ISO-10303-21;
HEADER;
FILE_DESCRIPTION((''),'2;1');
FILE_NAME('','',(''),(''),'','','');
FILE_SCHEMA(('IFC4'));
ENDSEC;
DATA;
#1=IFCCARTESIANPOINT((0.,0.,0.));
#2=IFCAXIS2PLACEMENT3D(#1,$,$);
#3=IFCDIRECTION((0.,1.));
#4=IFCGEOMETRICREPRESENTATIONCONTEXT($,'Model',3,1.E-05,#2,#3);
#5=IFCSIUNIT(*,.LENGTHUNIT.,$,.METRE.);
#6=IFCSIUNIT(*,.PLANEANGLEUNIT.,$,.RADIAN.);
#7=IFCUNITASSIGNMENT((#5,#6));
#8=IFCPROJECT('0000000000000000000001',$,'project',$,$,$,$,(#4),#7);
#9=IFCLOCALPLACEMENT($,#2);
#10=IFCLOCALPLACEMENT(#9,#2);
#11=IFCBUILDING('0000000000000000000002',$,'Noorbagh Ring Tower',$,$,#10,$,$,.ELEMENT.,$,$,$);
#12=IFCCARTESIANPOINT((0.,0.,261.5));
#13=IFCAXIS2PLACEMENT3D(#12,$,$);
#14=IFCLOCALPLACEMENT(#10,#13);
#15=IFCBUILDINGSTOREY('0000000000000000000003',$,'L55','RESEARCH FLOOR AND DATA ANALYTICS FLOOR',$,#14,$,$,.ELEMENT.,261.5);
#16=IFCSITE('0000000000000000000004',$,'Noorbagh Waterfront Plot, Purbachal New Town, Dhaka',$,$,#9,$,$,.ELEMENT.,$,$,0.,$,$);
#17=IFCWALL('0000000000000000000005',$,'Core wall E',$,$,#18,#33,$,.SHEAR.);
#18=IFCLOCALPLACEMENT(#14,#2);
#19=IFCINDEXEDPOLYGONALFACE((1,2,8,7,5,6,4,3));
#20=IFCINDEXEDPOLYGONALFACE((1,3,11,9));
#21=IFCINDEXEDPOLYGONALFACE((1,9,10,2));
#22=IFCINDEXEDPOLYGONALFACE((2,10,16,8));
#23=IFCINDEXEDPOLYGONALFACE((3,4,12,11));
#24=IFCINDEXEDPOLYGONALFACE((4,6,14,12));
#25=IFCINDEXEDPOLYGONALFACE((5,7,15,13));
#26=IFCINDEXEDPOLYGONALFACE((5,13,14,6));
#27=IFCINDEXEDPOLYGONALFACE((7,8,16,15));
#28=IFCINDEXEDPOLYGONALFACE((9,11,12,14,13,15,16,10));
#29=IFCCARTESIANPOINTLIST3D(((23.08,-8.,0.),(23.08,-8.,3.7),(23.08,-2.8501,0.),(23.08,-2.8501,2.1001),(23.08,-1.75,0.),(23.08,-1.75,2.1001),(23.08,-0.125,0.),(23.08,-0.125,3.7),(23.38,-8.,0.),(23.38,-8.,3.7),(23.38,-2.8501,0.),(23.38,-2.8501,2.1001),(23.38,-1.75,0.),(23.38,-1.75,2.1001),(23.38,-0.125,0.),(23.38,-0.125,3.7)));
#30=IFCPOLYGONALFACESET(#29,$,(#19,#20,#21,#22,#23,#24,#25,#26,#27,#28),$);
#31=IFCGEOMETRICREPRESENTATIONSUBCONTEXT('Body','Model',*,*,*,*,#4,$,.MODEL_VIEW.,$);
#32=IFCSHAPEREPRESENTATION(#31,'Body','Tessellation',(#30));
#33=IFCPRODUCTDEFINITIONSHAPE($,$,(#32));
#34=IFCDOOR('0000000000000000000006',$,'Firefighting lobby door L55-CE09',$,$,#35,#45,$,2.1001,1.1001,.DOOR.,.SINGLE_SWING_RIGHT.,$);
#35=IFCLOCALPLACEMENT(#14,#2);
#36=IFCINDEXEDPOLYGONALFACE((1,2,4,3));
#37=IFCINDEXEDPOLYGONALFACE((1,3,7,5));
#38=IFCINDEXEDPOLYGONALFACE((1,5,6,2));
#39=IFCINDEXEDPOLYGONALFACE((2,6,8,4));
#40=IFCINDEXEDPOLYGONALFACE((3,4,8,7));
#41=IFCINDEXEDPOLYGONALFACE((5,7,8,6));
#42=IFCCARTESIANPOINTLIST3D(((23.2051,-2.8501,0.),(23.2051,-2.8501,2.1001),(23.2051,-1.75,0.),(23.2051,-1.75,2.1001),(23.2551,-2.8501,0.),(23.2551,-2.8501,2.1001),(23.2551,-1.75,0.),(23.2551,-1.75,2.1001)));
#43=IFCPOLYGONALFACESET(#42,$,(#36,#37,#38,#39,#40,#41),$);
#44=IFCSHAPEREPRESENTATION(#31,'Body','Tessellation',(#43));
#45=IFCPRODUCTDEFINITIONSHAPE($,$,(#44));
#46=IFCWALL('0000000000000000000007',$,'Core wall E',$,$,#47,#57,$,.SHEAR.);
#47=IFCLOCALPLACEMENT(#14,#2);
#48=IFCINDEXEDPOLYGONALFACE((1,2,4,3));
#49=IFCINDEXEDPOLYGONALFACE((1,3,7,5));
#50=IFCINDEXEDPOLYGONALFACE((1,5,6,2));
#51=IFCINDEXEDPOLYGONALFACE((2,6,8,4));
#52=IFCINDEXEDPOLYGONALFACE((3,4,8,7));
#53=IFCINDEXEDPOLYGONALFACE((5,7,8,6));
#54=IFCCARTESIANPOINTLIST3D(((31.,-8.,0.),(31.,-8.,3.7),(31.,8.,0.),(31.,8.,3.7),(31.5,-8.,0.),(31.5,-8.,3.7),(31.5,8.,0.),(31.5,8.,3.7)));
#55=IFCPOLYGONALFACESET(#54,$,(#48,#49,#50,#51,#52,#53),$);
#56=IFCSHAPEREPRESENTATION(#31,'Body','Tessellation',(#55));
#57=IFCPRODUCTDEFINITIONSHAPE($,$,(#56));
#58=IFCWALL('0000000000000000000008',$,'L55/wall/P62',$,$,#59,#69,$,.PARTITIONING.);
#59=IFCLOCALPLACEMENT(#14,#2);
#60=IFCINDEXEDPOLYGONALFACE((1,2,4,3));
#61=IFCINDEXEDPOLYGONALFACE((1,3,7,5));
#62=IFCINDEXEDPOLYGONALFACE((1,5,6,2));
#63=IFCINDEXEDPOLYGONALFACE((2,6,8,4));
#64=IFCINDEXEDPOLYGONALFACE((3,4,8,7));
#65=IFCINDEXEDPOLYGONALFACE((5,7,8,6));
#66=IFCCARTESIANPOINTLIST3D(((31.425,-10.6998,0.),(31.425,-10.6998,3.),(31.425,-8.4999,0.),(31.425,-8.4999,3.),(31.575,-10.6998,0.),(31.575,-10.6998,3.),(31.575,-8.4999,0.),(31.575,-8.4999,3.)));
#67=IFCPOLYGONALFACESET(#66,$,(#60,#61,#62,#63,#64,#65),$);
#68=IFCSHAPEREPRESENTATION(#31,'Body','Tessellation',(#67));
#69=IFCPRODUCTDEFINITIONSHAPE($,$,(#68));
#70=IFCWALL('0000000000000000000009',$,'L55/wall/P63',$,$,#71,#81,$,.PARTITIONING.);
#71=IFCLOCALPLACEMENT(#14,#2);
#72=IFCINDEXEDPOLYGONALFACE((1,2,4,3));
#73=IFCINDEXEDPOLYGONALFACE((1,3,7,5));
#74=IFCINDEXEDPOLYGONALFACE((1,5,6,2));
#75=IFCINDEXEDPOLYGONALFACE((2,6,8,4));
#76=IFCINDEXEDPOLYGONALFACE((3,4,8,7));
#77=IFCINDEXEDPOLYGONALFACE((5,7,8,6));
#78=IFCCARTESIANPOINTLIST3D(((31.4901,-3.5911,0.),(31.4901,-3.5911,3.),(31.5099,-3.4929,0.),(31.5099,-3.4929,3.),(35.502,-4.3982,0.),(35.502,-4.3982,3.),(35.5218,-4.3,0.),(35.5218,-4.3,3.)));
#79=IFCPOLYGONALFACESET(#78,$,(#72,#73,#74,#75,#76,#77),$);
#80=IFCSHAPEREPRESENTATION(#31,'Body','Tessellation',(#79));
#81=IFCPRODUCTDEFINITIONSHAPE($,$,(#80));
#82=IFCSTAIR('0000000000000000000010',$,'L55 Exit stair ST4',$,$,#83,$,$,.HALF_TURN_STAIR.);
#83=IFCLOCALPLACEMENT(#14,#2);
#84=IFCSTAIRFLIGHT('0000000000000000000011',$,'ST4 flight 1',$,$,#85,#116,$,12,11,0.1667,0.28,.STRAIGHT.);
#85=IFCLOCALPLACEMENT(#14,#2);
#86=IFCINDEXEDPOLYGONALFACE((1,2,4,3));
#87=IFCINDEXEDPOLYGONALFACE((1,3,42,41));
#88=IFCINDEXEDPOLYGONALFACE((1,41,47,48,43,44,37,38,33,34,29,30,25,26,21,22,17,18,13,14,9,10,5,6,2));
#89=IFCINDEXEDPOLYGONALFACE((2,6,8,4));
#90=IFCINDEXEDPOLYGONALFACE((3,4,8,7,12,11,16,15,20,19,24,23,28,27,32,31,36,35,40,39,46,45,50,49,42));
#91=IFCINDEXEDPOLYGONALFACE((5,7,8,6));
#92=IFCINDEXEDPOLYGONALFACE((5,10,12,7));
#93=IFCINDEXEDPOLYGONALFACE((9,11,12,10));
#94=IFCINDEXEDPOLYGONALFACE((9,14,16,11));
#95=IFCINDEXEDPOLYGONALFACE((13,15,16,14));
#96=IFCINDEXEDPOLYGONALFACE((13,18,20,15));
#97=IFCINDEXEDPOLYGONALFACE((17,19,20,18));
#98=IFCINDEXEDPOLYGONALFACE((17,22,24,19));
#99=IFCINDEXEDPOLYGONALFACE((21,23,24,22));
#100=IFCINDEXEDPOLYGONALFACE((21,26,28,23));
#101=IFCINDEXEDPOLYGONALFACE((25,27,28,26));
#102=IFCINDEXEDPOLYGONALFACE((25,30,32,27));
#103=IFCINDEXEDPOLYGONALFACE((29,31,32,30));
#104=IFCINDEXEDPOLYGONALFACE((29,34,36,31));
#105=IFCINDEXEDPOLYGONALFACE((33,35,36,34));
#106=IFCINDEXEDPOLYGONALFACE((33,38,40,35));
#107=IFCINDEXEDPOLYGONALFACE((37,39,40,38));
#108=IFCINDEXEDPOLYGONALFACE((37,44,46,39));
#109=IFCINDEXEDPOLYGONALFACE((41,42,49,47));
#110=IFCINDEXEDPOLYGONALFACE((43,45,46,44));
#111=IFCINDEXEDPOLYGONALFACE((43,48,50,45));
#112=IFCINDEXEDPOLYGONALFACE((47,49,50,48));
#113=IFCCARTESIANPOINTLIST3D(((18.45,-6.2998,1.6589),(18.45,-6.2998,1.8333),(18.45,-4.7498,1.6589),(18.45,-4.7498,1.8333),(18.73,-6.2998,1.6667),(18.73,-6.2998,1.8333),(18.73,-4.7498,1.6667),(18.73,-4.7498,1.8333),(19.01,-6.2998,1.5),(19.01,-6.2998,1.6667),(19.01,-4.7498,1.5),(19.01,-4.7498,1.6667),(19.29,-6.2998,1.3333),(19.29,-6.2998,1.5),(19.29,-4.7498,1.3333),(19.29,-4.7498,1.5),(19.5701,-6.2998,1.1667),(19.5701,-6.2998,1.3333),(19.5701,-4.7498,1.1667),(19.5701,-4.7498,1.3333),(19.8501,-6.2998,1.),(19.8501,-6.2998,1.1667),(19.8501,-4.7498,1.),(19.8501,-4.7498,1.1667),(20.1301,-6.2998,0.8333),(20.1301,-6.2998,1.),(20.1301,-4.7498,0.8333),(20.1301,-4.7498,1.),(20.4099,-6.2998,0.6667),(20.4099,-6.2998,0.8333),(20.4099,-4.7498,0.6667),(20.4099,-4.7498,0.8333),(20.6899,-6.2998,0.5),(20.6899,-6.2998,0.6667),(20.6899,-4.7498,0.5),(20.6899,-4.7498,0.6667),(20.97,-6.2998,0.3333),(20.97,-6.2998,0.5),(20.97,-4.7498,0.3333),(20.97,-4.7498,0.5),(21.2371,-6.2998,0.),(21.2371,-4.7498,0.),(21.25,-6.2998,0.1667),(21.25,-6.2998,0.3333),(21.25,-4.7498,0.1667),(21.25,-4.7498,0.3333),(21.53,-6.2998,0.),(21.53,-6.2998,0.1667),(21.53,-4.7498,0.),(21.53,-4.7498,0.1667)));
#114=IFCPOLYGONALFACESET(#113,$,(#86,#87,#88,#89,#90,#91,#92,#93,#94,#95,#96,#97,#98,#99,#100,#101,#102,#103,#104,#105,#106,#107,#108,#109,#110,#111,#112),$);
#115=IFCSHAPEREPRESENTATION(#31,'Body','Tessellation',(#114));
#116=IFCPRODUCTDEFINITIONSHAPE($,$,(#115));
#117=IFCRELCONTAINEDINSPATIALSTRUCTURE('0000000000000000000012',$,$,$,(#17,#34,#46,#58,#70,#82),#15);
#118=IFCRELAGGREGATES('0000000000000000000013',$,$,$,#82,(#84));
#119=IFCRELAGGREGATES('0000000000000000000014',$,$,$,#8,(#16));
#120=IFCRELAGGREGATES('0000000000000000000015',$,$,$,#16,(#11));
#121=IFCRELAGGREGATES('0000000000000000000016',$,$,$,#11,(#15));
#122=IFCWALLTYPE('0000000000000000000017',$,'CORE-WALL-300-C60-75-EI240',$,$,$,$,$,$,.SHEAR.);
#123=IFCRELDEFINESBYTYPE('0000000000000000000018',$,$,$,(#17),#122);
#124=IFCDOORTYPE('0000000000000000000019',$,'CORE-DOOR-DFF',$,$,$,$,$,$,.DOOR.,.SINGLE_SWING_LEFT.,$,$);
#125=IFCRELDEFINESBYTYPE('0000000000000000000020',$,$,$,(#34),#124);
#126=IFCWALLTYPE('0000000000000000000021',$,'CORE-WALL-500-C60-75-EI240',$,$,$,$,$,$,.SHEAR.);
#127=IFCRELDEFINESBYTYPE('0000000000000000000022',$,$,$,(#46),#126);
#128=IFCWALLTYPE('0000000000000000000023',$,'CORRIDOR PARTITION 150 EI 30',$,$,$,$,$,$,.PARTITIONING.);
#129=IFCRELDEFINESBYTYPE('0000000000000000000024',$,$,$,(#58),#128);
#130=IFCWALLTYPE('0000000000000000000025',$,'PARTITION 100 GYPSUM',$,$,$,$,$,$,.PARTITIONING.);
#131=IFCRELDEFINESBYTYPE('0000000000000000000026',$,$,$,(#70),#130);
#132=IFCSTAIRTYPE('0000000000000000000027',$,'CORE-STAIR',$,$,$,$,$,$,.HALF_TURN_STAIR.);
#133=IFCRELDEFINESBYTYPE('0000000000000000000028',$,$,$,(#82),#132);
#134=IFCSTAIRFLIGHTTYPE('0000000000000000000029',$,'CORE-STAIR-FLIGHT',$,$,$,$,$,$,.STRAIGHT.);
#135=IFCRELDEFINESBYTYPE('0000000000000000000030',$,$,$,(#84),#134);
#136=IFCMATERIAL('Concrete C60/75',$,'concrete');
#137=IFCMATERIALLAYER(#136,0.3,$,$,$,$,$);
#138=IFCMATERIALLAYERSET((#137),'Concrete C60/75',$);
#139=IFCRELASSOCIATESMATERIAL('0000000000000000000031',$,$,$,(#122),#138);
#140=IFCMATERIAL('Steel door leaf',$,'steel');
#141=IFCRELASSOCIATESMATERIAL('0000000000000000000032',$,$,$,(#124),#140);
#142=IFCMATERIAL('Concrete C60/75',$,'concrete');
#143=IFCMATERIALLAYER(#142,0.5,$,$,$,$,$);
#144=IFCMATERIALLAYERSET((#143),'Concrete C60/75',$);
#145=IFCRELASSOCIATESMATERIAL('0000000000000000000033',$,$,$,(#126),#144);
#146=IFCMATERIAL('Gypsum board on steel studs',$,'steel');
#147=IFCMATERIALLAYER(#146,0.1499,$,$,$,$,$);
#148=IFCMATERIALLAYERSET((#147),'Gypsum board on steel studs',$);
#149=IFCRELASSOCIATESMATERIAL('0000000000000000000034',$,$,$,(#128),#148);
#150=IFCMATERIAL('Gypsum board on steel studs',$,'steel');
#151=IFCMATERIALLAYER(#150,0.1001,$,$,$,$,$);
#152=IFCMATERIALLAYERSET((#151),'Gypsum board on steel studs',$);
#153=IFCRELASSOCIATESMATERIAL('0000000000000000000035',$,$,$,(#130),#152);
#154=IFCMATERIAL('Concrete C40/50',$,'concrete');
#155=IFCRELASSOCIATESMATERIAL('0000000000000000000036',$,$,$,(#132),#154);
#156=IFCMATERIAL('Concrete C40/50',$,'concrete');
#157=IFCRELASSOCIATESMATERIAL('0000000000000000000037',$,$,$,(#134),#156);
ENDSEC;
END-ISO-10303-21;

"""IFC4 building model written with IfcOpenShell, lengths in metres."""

from ifc_helpers import new_model, si_unit, direction, frame, frame_2d, origin, place, context, subcontext, project, spatial, polyline, rectangle, outline, extrude, material, layer, layer_set, type_object, element, fill, aggregate, save


model = new_model("IFC4")

# Units and contexts
model_context = context("Model", 3, precision=1e-05, world=origin(), true_north=direction((0.0, 1.0)))
body_context = subcontext(model_context, "Body", "Model", "MODEL_VIEW")
ifc_project = project(units=[si_unit("LENGTHUNIT", "METRE"), si_unit("PLANEANGLEUNIT", "RADIAN")], contexts=[model_context])

# Site, building, storey
site_placement = place(None, origin())
site = spatial("IfcSite", under=ifc_project, at=site_placement, Name="Noorbagh Waterfront Plot, Purbachal New Town, Dhaka", CompositionType="ELEMENT", RefElevation=0.0)
building_placement = place(site_placement, origin())
building = spatial("IfcBuilding", under=site, at=building_placement, Name="Noorbagh Ring Tower", CompositionType="ELEMENT")
storey_placement = place(building_placement, frame((0.0, 0.0, 261.5)))
storey = spatial("IfcBuildingStorey", under=building, at=storey_placement, Name="L55", Description="RESEARCH FLOOR AND DATA ANALYTICS FLOOR", CompositionType="ELEMENT", Elevation=261.5)

# Shared definitions
ifc_material_1 = material(Name="Concrete C60/75", Category="concrete")
ifc_layer_1 = layer(ifc_material_1, 0.3)
ifc_layer_set_1 = layer_set([ifc_layer_1], Name="Concrete C60/75")
wall_type_1 = type_object("IfcWallType", Name="CORE-WALL-300-C60-75-EI240", PredefinedType="SHEAR", material=ifc_layer_set_1)

# Wall, opening, door
wall_1_placement = place(storey_placement, frame((23.23, -8.0, 0.0), z_axis=(0.0, 0.0, 1.0), x_axis=(0.0, 1.0, 0.0)))
wall_1 = element("IfcWall", 1, at=wall_1_placement, inside=storey, type_object=wall_type_1, Name="Core wall E", PredefinedType="SHEAR", context=body_context, shape_type="SweptSolid", body=[
    extrude(rectangle(XDim=7.875, YDim=0.3, at=frame_2d((3.9375, 0.0))), origin(), (0.0, 0.0, 1.0), 3.7),
])
opening_1_placement = place(wall_1_placement, frame((5.1499, 0.0, 0.0)))
opening_1 = element("IfcOpeningElement", 2, at=opening_1_placement, cuts=wall_1, PredefinedType="OPENING", context=body_context, shape_type="SweptSolid", body=[
    extrude(rectangle(XDim=1.1001, YDim=2.1001, at=frame_2d((0.55, 1.05))), frame((0.0, 0.1602, 0.0), z_axis=(0.0, -1.0, 0.0), x_axis=(1.0, 0.0, 0.0)), (0.0, 0.0, 1.0), 0.3201),
])
ifc_material_2 = material(Name="Steel door leaf", Category="steel")
door_type_1 = type_object("IfcDoorType", Name="CORE-DOOR-DFF", OperationType="SINGLE_SWING_LEFT", PredefinedType="DOOR", material=ifc_material_2)
door_1_placement = place(opening_1_placement, origin())
door_1 = element("IfcDoor", 3, at=door_1_placement, inside=storey, type_object=door_type_1, Name="Firefighting lobby door L55-CE09", OperationType="SINGLE_SWING_RIGHT", OverallHeight=2.1001, OverallWidth=1.1001, PredefinedType="DOOR", context=body_context, shape_type="SweptSolid", body=[
    extrude(rectangle(XDim=1.1001, YDim=2.1001, at=frame_2d((0.55, 1.05))), frame((0.0, 0.0249, 0.0), z_axis=(0.0, -1.0, 0.0), x_axis=(1.0, 0.0, 0.0)), (0.0, 0.0, 1.0), 0.05),
])
fill(opening_1, door_1)

# Walls
ifc_material_3 = material(Name="Concrete C60/75", Category="concrete")
ifc_layer_2 = layer(ifc_material_3, 0.5)
ifc_layer_set_2 = layer_set([ifc_layer_2], Name="Concrete C60/75")
wall_type_2 = type_object("IfcWallType", Name="CORE-WALL-500-C60-75-EI240", PredefinedType="SHEAR", material=ifc_layer_set_2)
wall_2_placement = place(storey_placement, frame((31.25, -8.0, 0.0), z_axis=(0.0, 0.0, 1.0), x_axis=(0.0, 1.0, 0.0)))
element("IfcWall", 4, at=wall_2_placement, inside=storey, type_object=wall_type_2, Name="Core wall E", PredefinedType="SHEAR", context=body_context, shape_type="SweptSolid", body=[
    extrude(rectangle(XDim=16.0, YDim=0.5, at=frame_2d((8.0, 0.0))), origin(), (0.0, 0.0, 1.0), 3.7),
])
ifc_material_4 = material(Name="Gypsum board on steel studs", Category="steel")
ifc_layer_3 = layer(ifc_material_4, 0.1499)
ifc_layer_set_3 = layer_set([ifc_layer_3], Name="Gypsum board on steel studs")
wall_type_3 = type_object("IfcWallType", Name="CORRIDOR PARTITION 150 EI 30", PredefinedType="PARTITIONING", material=ifc_layer_set_3)
wall_3_placement = place(storey_placement, frame((31.5, -10.7, 0.0), z_axis=(0.0, 0.0, 1.0), x_axis=(0.0, 1.0, 0.0)))
element("IfcWall", 5, at=wall_3_placement, inside=storey, type_object=wall_type_3, Name="L55/wall/P62", PredefinedType="PARTITIONING", context=body_context, shape_type="SweptSolid", body=[
    extrude(rectangle(XDim=2.2, YDim=0.1499, at=frame_2d((1.1001, 0.0))), origin(), (0.0, 0.0, 1.0), 3.0),
])
ifc_material_5 = material(Name="Gypsum board on steel studs", Category="steel")
ifc_layer_4 = layer(ifc_material_5, 0.1001)
ifc_layer_set_4 = layer_set([ifc_layer_4], Name="Gypsum board on steel studs")
wall_type_4 = type_object("IfcWallType", Name="PARTITION 100 GYPSUM", PredefinedType="PARTITIONING", material=ifc_layer_set_4)
wall_4_placement = place(storey_placement, frame((31.5, -3.542, 0.0), z_axis=(0.0, 0.0, 1.0), x_axis=(0.980357, -0.197229, 0.0)))
element("IfcWall", 6, at=wall_4_placement, inside=storey, type_object=wall_type_4, Name="L55/wall/P63", PredefinedType="PARTITIONING", context=body_context, shape_type="SweptSolid", body=[
    extrude(rectangle(XDim=4.0923, YDim=0.1001, at=frame_2d((2.0461, 0.0))), origin(), (0.0, 0.0, 1.0), 3.0),
])

# Stair, stair flight
ifc_material_6 = material(Name="Concrete C40/50", Category="concrete")
stair_type = type_object("IfcStairType", Name="CORE-STAIR", PredefinedType="HALF_TURN_STAIR", material=ifc_material_6)
stair_placement = place(storey_placement, origin())
stair = element("IfcStair", 7, at=stair_placement, inside=storey, type_object=stair_type, Name="L55 Exit stair ST4", PredefinedType="HALF_TURN_STAIR")
ifc_material_7 = material(Name="Concrete C40/50", Category="concrete")
stair_flight_type = type_object("IfcStairFlightType", Name="CORE-STAIR-FLIGHT", PredefinedType="STRAIGHT", material=ifc_material_7)
stair_flight_placement = place(storey_placement, frame((21.53, -5.5249, 0.0), z_axis=(0.0, 0.0, 1.0), x_axis=(-1.0, 0.0, 0.0)))
stair_flight = element("IfcStairFlight", 8, at=stair_flight_placement, type_object=stair_flight_type, Name="ST4 flight 1", NumberOfRisers=12, NumberOfTreads=11, PredefinedType="STRAIGHT", RiserHeight=0.1667, TreadLength=0.28, context=body_context, shape_type="SweptSolid", body=[
    extrude(outline(polyline([(0.0, 0.0), (0.0, 0.1667), (0.28, 0.1667), (0.28, 0.3333), (0.5601, 0.3333), (0.5601, 0.5), (0.8401, 0.5), (0.8401, 0.6667), (1.1201, 0.6667), (1.1201, 0.8333), (1.3999, 0.8333), (1.3999, 1.0), (1.6799, 1.0), (1.6799, 1.1667), (1.96, 1.1667), (1.96, 1.3333), (2.24, 1.3333), (2.24, 1.5), (2.52, 1.5), (2.52, 1.6667), (2.8, 1.6667), (2.8, 1.8333), (3.0801, 1.8333), (3.0801, 2.0), (3.0801, 1.6589), (0.293, 0.0), (0.0, 0.0)])), frame((0.0, 0.7749, 0.0), z_axis=(0.0, -1.0, 0.0), x_axis=(1.0, 0.0, 0.0)), (0.0, 0.0, 1.0), 1.55),
])
aggregate(stair, [stair_flight])

save(model, "model.ifc")
